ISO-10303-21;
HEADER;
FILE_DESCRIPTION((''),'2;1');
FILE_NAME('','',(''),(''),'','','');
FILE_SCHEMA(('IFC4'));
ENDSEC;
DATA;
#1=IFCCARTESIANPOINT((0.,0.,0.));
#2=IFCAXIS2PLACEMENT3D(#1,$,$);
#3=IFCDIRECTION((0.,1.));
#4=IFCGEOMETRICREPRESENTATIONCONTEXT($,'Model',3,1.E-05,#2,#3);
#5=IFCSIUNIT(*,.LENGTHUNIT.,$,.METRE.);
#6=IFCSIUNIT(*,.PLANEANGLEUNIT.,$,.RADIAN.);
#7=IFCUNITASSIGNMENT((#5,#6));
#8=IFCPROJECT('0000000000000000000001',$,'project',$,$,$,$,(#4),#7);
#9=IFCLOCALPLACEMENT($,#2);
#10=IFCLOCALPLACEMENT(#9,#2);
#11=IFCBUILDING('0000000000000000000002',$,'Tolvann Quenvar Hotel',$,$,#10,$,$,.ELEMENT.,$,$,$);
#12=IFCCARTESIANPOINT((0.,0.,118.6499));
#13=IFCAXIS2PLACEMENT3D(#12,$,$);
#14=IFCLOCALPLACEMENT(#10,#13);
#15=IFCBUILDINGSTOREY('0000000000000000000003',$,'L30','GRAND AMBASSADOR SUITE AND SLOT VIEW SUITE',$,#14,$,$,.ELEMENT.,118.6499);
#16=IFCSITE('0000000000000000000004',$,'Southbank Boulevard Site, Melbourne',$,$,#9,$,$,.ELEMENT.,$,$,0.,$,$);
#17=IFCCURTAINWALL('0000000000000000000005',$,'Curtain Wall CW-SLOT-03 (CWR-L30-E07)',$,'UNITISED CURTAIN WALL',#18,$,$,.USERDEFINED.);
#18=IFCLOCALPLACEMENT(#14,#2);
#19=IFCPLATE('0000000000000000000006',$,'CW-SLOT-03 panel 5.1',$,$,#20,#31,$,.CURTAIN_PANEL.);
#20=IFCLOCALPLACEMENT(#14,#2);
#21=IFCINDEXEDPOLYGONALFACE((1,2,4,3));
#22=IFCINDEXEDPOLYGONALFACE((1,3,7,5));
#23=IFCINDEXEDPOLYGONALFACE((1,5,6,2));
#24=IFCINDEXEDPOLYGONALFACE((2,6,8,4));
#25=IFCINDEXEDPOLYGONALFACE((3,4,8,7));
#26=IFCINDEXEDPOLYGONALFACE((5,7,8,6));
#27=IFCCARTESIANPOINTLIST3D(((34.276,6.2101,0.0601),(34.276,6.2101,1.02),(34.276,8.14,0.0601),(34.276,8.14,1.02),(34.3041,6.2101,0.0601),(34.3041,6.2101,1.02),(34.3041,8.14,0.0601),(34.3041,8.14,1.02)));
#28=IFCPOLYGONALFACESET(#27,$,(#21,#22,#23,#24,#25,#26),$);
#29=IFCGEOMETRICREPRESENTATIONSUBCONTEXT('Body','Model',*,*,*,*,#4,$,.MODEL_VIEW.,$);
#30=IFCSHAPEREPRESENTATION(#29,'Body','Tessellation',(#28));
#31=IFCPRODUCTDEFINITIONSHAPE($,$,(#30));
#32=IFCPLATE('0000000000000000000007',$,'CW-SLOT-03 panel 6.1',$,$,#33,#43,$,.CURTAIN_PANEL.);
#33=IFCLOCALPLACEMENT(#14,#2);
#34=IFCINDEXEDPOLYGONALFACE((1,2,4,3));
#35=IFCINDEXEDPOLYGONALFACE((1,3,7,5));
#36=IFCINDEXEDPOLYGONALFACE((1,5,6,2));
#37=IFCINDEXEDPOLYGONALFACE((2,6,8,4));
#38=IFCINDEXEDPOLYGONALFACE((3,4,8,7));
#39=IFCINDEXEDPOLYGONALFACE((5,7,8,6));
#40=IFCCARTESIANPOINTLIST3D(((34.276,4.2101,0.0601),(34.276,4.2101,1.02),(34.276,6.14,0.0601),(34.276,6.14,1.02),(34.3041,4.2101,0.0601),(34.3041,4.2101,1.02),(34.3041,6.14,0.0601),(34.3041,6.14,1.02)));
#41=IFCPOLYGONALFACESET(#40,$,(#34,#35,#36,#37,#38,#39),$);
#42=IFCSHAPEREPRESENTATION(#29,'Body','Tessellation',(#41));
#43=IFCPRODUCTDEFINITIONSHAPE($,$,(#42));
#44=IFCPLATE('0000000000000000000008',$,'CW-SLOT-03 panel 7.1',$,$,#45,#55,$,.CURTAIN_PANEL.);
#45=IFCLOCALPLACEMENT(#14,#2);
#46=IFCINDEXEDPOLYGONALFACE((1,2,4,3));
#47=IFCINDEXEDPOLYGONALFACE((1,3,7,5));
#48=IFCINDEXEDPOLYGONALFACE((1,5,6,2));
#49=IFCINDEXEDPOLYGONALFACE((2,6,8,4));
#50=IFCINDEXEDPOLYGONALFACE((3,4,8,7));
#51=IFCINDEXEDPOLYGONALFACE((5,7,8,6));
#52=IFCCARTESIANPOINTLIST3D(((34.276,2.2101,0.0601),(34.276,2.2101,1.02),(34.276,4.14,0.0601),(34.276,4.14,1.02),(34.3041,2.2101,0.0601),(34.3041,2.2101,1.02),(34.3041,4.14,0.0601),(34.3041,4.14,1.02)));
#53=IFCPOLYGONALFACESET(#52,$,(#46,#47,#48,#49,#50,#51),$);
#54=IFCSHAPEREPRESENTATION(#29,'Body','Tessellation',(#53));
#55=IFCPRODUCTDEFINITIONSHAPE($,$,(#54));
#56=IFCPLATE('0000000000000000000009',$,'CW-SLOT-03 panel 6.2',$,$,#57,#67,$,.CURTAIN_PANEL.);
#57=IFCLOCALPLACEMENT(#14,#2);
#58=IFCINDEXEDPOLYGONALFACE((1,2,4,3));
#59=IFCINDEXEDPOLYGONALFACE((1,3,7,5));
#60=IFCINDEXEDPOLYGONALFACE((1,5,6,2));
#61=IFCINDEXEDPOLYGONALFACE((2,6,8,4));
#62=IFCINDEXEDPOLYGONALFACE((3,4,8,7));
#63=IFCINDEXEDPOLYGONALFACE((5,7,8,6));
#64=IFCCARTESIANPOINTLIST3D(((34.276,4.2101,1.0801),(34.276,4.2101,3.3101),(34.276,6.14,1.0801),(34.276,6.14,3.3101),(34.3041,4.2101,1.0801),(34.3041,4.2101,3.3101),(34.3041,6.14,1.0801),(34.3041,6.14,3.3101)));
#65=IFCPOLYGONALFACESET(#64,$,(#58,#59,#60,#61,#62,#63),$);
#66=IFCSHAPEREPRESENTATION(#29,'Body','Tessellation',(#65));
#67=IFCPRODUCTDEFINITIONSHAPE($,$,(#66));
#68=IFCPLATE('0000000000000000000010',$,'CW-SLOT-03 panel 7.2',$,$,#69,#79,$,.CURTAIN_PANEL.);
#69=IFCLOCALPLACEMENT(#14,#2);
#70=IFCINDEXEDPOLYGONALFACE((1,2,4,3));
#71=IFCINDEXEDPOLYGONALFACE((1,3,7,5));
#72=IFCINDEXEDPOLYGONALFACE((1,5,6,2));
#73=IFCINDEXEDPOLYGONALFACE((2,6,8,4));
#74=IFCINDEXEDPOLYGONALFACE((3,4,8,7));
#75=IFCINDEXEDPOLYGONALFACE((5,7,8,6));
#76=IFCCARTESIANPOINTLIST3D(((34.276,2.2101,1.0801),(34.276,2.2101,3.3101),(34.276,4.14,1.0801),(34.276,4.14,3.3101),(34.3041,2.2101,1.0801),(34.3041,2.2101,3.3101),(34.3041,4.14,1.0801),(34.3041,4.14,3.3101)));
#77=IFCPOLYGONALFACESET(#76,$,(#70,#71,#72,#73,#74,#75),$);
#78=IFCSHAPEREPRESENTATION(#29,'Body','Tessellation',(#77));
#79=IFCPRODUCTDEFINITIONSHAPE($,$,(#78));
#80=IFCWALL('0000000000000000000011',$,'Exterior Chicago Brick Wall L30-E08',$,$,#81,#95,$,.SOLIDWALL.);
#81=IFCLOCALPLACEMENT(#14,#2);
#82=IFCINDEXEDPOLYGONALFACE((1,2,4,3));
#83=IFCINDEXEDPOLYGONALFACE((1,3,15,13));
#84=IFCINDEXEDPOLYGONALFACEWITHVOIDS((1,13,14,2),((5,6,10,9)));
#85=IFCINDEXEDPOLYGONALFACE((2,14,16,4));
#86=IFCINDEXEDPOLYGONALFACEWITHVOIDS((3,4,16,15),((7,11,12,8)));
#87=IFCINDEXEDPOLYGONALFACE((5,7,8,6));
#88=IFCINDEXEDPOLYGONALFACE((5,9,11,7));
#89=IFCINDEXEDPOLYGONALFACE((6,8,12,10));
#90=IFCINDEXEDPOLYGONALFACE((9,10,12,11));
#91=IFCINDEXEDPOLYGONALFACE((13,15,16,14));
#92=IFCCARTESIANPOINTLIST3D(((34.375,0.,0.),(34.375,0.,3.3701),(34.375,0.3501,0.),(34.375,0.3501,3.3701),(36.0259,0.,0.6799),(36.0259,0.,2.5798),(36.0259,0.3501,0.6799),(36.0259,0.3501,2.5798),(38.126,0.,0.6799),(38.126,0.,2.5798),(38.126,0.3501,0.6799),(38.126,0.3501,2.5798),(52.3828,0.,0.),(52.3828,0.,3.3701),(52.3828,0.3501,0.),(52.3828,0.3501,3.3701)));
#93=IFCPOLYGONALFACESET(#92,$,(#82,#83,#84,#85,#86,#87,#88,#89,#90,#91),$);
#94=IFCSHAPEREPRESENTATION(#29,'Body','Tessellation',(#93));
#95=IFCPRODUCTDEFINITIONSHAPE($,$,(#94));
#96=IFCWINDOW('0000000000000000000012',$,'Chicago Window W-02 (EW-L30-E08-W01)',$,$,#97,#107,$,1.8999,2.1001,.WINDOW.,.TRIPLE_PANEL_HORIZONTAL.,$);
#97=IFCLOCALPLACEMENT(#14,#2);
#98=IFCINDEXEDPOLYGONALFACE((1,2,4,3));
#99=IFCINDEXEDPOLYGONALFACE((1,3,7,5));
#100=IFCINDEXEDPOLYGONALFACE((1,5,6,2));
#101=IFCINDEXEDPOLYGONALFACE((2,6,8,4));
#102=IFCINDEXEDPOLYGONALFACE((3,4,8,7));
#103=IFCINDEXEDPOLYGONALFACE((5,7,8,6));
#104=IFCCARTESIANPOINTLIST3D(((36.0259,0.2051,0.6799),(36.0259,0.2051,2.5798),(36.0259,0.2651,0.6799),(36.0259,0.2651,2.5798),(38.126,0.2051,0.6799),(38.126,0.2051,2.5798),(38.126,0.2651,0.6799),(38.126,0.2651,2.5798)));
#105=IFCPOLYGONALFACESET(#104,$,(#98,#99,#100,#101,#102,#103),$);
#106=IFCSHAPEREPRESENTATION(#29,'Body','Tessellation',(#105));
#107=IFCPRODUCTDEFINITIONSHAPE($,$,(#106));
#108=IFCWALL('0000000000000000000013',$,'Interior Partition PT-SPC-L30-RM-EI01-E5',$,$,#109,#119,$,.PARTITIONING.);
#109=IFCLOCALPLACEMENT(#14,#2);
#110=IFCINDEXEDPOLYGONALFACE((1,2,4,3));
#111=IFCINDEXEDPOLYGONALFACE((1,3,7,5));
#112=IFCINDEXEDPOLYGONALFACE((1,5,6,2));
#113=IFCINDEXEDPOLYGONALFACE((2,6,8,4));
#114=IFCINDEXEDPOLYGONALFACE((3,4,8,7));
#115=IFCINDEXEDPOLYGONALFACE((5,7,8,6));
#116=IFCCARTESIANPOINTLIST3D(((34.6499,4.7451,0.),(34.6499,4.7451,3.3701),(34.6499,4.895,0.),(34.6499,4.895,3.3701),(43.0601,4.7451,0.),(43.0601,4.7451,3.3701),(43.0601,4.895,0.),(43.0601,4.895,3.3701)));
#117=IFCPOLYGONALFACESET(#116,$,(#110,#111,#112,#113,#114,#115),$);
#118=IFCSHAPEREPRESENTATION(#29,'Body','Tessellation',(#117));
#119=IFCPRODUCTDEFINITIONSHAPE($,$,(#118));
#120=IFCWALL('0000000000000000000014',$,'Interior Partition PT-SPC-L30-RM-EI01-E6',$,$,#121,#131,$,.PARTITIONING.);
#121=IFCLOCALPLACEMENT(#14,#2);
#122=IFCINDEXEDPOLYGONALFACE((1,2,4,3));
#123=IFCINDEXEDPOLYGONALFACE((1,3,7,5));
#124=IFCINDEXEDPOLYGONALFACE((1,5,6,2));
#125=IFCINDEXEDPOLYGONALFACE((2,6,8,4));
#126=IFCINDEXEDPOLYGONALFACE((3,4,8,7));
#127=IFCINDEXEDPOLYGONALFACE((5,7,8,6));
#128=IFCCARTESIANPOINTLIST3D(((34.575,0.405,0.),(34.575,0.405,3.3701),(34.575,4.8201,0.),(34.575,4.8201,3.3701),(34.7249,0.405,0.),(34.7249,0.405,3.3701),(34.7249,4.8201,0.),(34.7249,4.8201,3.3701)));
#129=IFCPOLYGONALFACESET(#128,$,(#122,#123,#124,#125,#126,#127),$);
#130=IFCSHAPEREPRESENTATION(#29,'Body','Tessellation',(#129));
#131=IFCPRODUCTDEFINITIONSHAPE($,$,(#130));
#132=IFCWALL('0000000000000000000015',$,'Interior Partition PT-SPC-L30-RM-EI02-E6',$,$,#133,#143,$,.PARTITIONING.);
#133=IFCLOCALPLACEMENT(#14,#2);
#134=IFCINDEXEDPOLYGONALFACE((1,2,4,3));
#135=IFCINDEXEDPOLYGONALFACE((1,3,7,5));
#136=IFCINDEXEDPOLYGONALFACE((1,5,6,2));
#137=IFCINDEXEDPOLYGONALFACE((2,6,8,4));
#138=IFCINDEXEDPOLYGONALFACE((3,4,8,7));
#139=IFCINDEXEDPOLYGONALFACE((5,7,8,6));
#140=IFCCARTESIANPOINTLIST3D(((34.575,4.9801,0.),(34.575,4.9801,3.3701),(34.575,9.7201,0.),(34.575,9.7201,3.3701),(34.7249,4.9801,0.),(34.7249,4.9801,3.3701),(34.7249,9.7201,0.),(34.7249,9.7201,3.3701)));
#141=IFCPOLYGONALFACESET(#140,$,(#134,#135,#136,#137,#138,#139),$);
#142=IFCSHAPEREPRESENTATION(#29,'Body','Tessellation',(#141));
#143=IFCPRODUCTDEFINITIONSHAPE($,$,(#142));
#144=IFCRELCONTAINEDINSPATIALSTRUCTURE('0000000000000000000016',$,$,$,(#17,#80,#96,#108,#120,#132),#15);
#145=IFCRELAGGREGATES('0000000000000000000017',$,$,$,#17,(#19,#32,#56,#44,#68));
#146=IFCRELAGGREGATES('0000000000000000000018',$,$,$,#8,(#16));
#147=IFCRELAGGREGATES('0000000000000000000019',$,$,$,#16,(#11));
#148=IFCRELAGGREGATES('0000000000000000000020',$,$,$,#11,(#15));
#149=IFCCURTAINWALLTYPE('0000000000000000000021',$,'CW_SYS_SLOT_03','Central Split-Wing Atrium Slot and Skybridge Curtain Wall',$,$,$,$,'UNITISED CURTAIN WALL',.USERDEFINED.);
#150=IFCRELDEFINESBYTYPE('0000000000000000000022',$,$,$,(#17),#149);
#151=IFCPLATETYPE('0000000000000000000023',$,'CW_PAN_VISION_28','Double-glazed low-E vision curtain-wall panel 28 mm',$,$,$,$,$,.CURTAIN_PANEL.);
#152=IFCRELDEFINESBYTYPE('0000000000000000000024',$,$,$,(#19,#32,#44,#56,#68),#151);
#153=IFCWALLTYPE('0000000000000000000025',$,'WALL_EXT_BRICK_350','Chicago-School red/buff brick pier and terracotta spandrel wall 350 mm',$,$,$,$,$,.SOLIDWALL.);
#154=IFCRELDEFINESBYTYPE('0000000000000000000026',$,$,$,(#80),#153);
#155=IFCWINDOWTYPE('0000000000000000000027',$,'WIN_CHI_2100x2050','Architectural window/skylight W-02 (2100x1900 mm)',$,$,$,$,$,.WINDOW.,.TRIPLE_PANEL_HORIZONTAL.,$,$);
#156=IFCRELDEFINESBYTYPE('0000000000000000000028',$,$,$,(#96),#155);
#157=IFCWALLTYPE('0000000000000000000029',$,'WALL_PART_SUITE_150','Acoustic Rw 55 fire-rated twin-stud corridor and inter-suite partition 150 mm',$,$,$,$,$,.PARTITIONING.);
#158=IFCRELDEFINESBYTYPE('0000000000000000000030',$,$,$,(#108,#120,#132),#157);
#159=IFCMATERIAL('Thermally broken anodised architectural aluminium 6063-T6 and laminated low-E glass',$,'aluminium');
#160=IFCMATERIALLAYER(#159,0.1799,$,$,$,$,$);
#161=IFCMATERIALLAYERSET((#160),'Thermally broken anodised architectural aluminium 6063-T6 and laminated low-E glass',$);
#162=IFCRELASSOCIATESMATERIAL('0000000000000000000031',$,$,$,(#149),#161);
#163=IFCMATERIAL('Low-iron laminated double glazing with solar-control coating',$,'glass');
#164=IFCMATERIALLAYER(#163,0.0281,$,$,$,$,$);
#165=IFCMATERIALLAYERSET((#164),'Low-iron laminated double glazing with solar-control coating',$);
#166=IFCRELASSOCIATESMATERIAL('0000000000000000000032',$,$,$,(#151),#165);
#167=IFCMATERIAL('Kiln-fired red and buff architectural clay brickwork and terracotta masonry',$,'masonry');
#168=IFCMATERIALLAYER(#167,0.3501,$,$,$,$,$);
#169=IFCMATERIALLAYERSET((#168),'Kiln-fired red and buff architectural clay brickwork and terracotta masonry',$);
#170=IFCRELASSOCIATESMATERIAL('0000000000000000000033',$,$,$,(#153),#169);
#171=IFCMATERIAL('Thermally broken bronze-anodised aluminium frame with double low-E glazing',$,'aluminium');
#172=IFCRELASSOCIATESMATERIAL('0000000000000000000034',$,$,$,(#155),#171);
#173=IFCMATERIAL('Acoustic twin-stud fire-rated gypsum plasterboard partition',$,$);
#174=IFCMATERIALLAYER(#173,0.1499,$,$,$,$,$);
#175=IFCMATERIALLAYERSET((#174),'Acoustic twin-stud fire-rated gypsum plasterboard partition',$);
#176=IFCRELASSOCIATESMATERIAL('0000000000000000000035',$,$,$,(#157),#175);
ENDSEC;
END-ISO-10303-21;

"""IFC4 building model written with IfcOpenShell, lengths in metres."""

from ifc_helpers import new_model, si_unit, direction, frame, frame_2d, origin, origin_2d, place, context, subcontext, project, spatial, rectangle, extrude, source, transform, mapped, material, layer, layer_set, type_object, type_shapes, element, fill, aggregate, save


model = new_model("IFC4")

# Units and contexts
model_context = context("Model", 3, precision=1e-05, world=origin(), true_north=direction((0.0, 1.0)))
body_context = subcontext(model_context, "Body", "Model", "MODEL_VIEW")
ifc_project = project(units=[si_unit("LENGTHUNIT", "METRE"), si_unit("PLANEANGLEUNIT", "RADIAN")], contexts=[model_context])

# Site, building, storey
site_placement = place(None, origin())
site = spatial("IfcSite", under=ifc_project, at=site_placement, Name="Southbank Boulevard Site, Melbourne", CompositionType="ELEMENT", RefElevation=0.0)
building_placement = place(site_placement, origin())
building = spatial("IfcBuilding", under=site, at=building_placement, Name="Tolvann Quenvar Hotel", CompositionType="ELEMENT")
storey_placement = place(building_placement, frame((0.0, 0.0, 118.6499)))
storey = spatial("IfcBuildingStorey", under=building, at=storey_placement, Name="L30", Description="GRAND AMBASSADOR SUITE AND SLOT VIEW SUITE", CompositionType="ELEMENT", Elevation=118.6499)

# Curtain wall
ifc_material_1 = material(Name="Thermally broken anodised architectural aluminium 6063-T6 and laminated low-E glass", Category="aluminium")
ifc_layer_1 = layer(ifc_material_1, 0.1799)
ifc_layer_set_1 = layer_set([ifc_layer_1], Name="Thermally broken anodised architectural aluminium 6063-T6 and laminated low-E glass")
curtain_wall_type = type_object("IfcCurtainWallType", Name="CW_SYS_SLOT_03", Description="Central Split-Wing Atrium Slot and Skybridge Curtain Wall", ElementType="UNITISED CURTAIN WALL", PredefinedType="USERDEFINED", material=ifc_layer_set_1)
curtain_wall_placement = place(storey_placement, origin())
curtain_wall = element("IfcCurtainWall", 1, at=curtain_wall_placement, inside=storey, type_object=curtain_wall_type, Name="Curtain Wall CW-SLOT-03 (CWR-L30-E07)", ObjectType="UNITISED CURTAIN WALL", PredefinedType="USERDEFINED")

# Plates
ifc_material_2 = material(Name="Low-iron laminated double glazing with solar-control coating", Category="glass")
ifc_layer_2 = layer(ifc_material_2, 0.0281)
ifc_layer_set_2 = layer_set([ifc_layer_2], Name="Low-iron laminated double glazing with solar-control coating")
plate_type_1 = type_object("IfcPlateType", Name="CW_PAN_VISION_28", Description="Double-glazed low-E vision curtain-wall panel 28 mm", PredefinedType="CURTAIN_PANEL", material=ifc_layer_set_2)
shared_shape_1 = source(origin(), body_context, "Body", "SweptSolid", [
    extrude(rectangle(XDim=1.9299, YDim=0.0281, at=origin_2d()), origin(), (0.0, 0.0, 1.0), 0.96),
])
plate_1_placement = place(storey_placement, frame((34.29, 7.175, 0.0601), z_axis=(0.0, 0.0, 1.0), x_axis=(0.0, -1.0, 0.0)))
plate_1 = element("IfcPlate", 2, at=plate_1_placement, type_object=plate_type_1, Name="CW-SLOT-03 panel 5.1", PredefinedType="CURTAIN_PANEL", context=body_context, shape_type="MappedRepresentation", body=[
    mapped(shared_shape_1, transform((0.0, 0.0, 0.0), x_axis=(1.0, 0.0, 0.0), y_axis=(0.0, 1.0, 0.0), z_axis=(0.0, 0.0, 1.0), scale=1.0)),
])
plate_2_placement = place(storey_placement, frame((34.29, 5.175, 0.0601), z_axis=(0.0, 0.0, 1.0), x_axis=(0.0, -1.0, 0.0)))
plate_2 = element("IfcPlate", 3, at=plate_2_placement, type_object=plate_type_1, Name="CW-SLOT-03 panel 6.1", PredefinedType="CURTAIN_PANEL", context=body_context, shape_type="MappedRepresentation", body=[
    mapped(shared_shape_1, transform((0.0, 0.0, 0.0), x_axis=(1.0, 0.0, 0.0), y_axis=(0.0, 1.0, 0.0), z_axis=(0.0, 0.0, 1.0), scale=1.0)),
])
plate_3_placement = place(storey_placement, frame((34.29, 3.175, 0.0601), z_axis=(0.0, 0.0, 1.0), x_axis=(0.0, -1.0, 0.0)))
plate_3 = element("IfcPlate", 4, at=plate_3_placement, type_object=plate_type_1, Name="CW-SLOT-03 panel 7.1", PredefinedType="CURTAIN_PANEL", context=body_context, shape_type="MappedRepresentation", body=[
    mapped(shared_shape_1, transform((0.0, 0.0, 0.0), x_axis=(1.0, 0.0, 0.0), y_axis=(0.0, 1.0, 0.0), z_axis=(0.0, 0.0, 1.0), scale=1.0)),
])
shared_shape_2 = source(origin(), body_context, "Body", "SweptSolid", [
    extrude(rectangle(XDim=1.9299, YDim=0.0281, at=origin_2d()), origin(), (0.0, 0.0, 1.0), 2.23),
])
plate_4_placement = place(storey_placement, frame((34.29, 5.175, 1.0801), z_axis=(0.0, 0.0, 1.0), x_axis=(0.0, -1.0, 0.0)))
plate_4 = element("IfcPlate", 5, at=plate_4_placement, type_object=plate_type_1, Name="CW-SLOT-03 panel 6.2", PredefinedType="CURTAIN_PANEL", context=body_context, shape_type="MappedRepresentation", body=[
    mapped(shared_shape_2, transform((0.0, 0.0, 0.0), x_axis=(1.0, 0.0, 0.0), y_axis=(0.0, 1.0, 0.0), z_axis=(0.0, 0.0, 1.0), scale=1.0)),
])
plate_5_placement = place(storey_placement, frame((34.29, 3.175, 1.0801), z_axis=(0.0, 0.0, 1.0), x_axis=(0.0, -1.0, 0.0)))
plate_5 = element("IfcPlate", 6, at=plate_5_placement, type_object=plate_type_1, Name="CW-SLOT-03 panel 7.2", PredefinedType="CURTAIN_PANEL", context=body_context, shape_type="MappedRepresentation", body=[
    mapped(shared_shape_2, transform((0.0, 0.0, 0.0), x_axis=(1.0, 0.0, 0.0), y_axis=(0.0, 1.0, 0.0), z_axis=(0.0, 0.0, 1.0), scale=1.0)),
])
aggregate(curtain_wall, [plate_1, plate_2, plate_4, plate_3, plate_5])

# Wall, opening, window
ifc_material_3 = material(Name="Kiln-fired red and buff architectural clay brickwork and terracotta masonry", Category="masonry")
ifc_layer_3 = layer(ifc_material_3, 0.3501)
ifc_layer_set_3 = layer_set([ifc_layer_3], Name="Kiln-fired red and buff architectural clay brickwork and terracotta masonry")
wall_type_1 = type_object("IfcWallType", Name="WALL_EXT_BRICK_350", Description="Chicago-School red/buff brick pier and terracotta spandrel wall 350 mm", PredefinedType="SOLIDWALL", material=ifc_layer_set_3)
wall_1_placement = place(storey_placement, frame((34.375, 0.175, 0.0), z_axis=(0.0, 0.0, 1.0), x_axis=(1.0, 0.0, 0.0)))
wall_1 = element("IfcWall", 7, at=wall_1_placement, inside=storey, type_object=wall_type_1, Name="Exterior Chicago Brick Wall L30-E08", PredefinedType="SOLIDWALL", context=body_context, shape_type="SweptSolid", body=[
    extrude(rectangle(XDim=18.0078, YDim=0.3501, at=frame_2d((9.0039, 0.0))), origin(), (0.0, 0.0, 1.0), 3.3701),
])
opening_placement = place(wall_1_placement, frame((1.6509, 0.0, 0.6799)))
opening = element("IfcOpeningElement", 8, at=opening_placement, cuts=wall_1, PredefinedType="OPENING", context=body_context, shape_type="SweptSolid", body=[
    extrude(rectangle(XDim=2.1001, YDim=1.8999, at=frame_2d((1.05, 0.95))), frame((0.0, 0.1851, 0.0), z_axis=(0.0, -1.0, 0.0), x_axis=(1.0, 0.0, 0.0)), (0.0, 0.0, 1.0), 0.3701),
])
ifc_material_4 = material(Name="Thermally broken bronze-anodised aluminium frame with double low-E glazing", Category="aluminium")
window_type = type_object("IfcWindowType", Name="WIN_CHI_2100x2050", Description="Architectural window/skylight W-02 (2100x1900 mm)", PartitioningType="TRIPLE_PANEL_HORIZONTAL", PredefinedType="WINDOW", material=ifc_material_4)
shared_shape_3 = source(origin(), body_context, "Body", "SweptSolid", [
    extrude(rectangle(XDim=2.1001, YDim=1.8999, at=frame_2d((1.05, 0.95))), frame((0.0, 0.0901, 0.0), z_axis=(0.0, -1.0, 0.0), x_axis=(1.0, 0.0, 0.0)), (0.0, 0.0, 1.0), 0.0601),
])
type_shapes(window_type, [shared_shape_3])
window_placement = place(opening_placement, origin())
window = element("IfcWindow", 9, at=window_placement, inside=storey, type_object=window_type, Name="Chicago Window W-02 (EW-L30-E08-W01)", OverallHeight=1.8999, OverallWidth=2.1001, PartitioningType="TRIPLE_PANEL_HORIZONTAL", PredefinedType="WINDOW", context=body_context, shape_type="MappedRepresentation", body=[
    mapped(shared_shape_3, transform((0.0, 0.0, 0.0), x_axis=(1.0, 0.0, 0.0), y_axis=(0.0, 1.0, 0.0), z_axis=(0.0, 0.0, 1.0), scale=1.0)),
])
fill(opening, window)

# Walls
ifc_material_5 = material(Name="Acoustic twin-stud fire-rated gypsum plasterboard partition")
ifc_layer_4 = layer(ifc_material_5, 0.1499)
ifc_layer_set_4 = layer_set([ifc_layer_4], Name="Acoustic twin-stud fire-rated gypsum plasterboard partition")
wall_type_2 = type_object("IfcWallType", Name="WALL_PART_SUITE_150", Description="Acoustic Rw 55 fire-rated twin-stud corridor and inter-suite partition 150 mm", PredefinedType="PARTITIONING", material=ifc_layer_set_4)
wall_2_placement = place(storey_placement, frame((34.6499, 4.8201, 0.0), z_axis=(0.0, 0.0, 1.0), x_axis=(1.0, 0.0, 0.0)))
element("IfcWall", 10, at=wall_2_placement, inside=storey, type_object=wall_type_2, Name="Interior Partition PT-SPC-L30-RM-EI01-E5", PredefinedType="PARTITIONING", context=body_context, shape_type="SweptSolid", body=[
    extrude(rectangle(XDim=8.4102, YDim=0.1499, at=frame_2d((4.2051, 0.0))), origin(), (0.0, 0.0, 1.0), 3.3701),
])
wall_3_placement = place(storey_placement, frame((34.6499, 0.405, 0.0), z_axis=(0.0, 0.0, 1.0), x_axis=(0.0, 1.0, 0.0)))
element("IfcWall", 11, at=wall_3_placement, inside=storey, type_object=wall_type_2, Name="Interior Partition PT-SPC-L30-RM-EI01-E6", PredefinedType="PARTITIONING", context=body_context, shape_type="SweptSolid", body=[
    extrude(rectangle(XDim=4.415, YDim=0.1499, at=frame_2d((2.2075, 0.0))), origin(), (0.0, 0.0, 1.0), 3.3701),
])
wall_4_placement = place(storey_placement, frame((34.6499, 4.98, 0.0), z_axis=(0.0, 0.0, 1.0), x_axis=(0.0, 1.0, 0.0)))
element("IfcWall", 12, at=wall_4_placement, inside=storey, type_object=wall_type_2, Name="Interior Partition PT-SPC-L30-RM-EI02-E6", PredefinedType="PARTITIONING", context=body_context, shape_type="SweptSolid", body=[
    extrude(rectangle(XDim=4.74, YDim=0.1499, at=frame_2d((2.3701, 0.0))), origin(), (0.0, 0.0, 1.0), 3.3701),
])

save(model, "model.ifc")
